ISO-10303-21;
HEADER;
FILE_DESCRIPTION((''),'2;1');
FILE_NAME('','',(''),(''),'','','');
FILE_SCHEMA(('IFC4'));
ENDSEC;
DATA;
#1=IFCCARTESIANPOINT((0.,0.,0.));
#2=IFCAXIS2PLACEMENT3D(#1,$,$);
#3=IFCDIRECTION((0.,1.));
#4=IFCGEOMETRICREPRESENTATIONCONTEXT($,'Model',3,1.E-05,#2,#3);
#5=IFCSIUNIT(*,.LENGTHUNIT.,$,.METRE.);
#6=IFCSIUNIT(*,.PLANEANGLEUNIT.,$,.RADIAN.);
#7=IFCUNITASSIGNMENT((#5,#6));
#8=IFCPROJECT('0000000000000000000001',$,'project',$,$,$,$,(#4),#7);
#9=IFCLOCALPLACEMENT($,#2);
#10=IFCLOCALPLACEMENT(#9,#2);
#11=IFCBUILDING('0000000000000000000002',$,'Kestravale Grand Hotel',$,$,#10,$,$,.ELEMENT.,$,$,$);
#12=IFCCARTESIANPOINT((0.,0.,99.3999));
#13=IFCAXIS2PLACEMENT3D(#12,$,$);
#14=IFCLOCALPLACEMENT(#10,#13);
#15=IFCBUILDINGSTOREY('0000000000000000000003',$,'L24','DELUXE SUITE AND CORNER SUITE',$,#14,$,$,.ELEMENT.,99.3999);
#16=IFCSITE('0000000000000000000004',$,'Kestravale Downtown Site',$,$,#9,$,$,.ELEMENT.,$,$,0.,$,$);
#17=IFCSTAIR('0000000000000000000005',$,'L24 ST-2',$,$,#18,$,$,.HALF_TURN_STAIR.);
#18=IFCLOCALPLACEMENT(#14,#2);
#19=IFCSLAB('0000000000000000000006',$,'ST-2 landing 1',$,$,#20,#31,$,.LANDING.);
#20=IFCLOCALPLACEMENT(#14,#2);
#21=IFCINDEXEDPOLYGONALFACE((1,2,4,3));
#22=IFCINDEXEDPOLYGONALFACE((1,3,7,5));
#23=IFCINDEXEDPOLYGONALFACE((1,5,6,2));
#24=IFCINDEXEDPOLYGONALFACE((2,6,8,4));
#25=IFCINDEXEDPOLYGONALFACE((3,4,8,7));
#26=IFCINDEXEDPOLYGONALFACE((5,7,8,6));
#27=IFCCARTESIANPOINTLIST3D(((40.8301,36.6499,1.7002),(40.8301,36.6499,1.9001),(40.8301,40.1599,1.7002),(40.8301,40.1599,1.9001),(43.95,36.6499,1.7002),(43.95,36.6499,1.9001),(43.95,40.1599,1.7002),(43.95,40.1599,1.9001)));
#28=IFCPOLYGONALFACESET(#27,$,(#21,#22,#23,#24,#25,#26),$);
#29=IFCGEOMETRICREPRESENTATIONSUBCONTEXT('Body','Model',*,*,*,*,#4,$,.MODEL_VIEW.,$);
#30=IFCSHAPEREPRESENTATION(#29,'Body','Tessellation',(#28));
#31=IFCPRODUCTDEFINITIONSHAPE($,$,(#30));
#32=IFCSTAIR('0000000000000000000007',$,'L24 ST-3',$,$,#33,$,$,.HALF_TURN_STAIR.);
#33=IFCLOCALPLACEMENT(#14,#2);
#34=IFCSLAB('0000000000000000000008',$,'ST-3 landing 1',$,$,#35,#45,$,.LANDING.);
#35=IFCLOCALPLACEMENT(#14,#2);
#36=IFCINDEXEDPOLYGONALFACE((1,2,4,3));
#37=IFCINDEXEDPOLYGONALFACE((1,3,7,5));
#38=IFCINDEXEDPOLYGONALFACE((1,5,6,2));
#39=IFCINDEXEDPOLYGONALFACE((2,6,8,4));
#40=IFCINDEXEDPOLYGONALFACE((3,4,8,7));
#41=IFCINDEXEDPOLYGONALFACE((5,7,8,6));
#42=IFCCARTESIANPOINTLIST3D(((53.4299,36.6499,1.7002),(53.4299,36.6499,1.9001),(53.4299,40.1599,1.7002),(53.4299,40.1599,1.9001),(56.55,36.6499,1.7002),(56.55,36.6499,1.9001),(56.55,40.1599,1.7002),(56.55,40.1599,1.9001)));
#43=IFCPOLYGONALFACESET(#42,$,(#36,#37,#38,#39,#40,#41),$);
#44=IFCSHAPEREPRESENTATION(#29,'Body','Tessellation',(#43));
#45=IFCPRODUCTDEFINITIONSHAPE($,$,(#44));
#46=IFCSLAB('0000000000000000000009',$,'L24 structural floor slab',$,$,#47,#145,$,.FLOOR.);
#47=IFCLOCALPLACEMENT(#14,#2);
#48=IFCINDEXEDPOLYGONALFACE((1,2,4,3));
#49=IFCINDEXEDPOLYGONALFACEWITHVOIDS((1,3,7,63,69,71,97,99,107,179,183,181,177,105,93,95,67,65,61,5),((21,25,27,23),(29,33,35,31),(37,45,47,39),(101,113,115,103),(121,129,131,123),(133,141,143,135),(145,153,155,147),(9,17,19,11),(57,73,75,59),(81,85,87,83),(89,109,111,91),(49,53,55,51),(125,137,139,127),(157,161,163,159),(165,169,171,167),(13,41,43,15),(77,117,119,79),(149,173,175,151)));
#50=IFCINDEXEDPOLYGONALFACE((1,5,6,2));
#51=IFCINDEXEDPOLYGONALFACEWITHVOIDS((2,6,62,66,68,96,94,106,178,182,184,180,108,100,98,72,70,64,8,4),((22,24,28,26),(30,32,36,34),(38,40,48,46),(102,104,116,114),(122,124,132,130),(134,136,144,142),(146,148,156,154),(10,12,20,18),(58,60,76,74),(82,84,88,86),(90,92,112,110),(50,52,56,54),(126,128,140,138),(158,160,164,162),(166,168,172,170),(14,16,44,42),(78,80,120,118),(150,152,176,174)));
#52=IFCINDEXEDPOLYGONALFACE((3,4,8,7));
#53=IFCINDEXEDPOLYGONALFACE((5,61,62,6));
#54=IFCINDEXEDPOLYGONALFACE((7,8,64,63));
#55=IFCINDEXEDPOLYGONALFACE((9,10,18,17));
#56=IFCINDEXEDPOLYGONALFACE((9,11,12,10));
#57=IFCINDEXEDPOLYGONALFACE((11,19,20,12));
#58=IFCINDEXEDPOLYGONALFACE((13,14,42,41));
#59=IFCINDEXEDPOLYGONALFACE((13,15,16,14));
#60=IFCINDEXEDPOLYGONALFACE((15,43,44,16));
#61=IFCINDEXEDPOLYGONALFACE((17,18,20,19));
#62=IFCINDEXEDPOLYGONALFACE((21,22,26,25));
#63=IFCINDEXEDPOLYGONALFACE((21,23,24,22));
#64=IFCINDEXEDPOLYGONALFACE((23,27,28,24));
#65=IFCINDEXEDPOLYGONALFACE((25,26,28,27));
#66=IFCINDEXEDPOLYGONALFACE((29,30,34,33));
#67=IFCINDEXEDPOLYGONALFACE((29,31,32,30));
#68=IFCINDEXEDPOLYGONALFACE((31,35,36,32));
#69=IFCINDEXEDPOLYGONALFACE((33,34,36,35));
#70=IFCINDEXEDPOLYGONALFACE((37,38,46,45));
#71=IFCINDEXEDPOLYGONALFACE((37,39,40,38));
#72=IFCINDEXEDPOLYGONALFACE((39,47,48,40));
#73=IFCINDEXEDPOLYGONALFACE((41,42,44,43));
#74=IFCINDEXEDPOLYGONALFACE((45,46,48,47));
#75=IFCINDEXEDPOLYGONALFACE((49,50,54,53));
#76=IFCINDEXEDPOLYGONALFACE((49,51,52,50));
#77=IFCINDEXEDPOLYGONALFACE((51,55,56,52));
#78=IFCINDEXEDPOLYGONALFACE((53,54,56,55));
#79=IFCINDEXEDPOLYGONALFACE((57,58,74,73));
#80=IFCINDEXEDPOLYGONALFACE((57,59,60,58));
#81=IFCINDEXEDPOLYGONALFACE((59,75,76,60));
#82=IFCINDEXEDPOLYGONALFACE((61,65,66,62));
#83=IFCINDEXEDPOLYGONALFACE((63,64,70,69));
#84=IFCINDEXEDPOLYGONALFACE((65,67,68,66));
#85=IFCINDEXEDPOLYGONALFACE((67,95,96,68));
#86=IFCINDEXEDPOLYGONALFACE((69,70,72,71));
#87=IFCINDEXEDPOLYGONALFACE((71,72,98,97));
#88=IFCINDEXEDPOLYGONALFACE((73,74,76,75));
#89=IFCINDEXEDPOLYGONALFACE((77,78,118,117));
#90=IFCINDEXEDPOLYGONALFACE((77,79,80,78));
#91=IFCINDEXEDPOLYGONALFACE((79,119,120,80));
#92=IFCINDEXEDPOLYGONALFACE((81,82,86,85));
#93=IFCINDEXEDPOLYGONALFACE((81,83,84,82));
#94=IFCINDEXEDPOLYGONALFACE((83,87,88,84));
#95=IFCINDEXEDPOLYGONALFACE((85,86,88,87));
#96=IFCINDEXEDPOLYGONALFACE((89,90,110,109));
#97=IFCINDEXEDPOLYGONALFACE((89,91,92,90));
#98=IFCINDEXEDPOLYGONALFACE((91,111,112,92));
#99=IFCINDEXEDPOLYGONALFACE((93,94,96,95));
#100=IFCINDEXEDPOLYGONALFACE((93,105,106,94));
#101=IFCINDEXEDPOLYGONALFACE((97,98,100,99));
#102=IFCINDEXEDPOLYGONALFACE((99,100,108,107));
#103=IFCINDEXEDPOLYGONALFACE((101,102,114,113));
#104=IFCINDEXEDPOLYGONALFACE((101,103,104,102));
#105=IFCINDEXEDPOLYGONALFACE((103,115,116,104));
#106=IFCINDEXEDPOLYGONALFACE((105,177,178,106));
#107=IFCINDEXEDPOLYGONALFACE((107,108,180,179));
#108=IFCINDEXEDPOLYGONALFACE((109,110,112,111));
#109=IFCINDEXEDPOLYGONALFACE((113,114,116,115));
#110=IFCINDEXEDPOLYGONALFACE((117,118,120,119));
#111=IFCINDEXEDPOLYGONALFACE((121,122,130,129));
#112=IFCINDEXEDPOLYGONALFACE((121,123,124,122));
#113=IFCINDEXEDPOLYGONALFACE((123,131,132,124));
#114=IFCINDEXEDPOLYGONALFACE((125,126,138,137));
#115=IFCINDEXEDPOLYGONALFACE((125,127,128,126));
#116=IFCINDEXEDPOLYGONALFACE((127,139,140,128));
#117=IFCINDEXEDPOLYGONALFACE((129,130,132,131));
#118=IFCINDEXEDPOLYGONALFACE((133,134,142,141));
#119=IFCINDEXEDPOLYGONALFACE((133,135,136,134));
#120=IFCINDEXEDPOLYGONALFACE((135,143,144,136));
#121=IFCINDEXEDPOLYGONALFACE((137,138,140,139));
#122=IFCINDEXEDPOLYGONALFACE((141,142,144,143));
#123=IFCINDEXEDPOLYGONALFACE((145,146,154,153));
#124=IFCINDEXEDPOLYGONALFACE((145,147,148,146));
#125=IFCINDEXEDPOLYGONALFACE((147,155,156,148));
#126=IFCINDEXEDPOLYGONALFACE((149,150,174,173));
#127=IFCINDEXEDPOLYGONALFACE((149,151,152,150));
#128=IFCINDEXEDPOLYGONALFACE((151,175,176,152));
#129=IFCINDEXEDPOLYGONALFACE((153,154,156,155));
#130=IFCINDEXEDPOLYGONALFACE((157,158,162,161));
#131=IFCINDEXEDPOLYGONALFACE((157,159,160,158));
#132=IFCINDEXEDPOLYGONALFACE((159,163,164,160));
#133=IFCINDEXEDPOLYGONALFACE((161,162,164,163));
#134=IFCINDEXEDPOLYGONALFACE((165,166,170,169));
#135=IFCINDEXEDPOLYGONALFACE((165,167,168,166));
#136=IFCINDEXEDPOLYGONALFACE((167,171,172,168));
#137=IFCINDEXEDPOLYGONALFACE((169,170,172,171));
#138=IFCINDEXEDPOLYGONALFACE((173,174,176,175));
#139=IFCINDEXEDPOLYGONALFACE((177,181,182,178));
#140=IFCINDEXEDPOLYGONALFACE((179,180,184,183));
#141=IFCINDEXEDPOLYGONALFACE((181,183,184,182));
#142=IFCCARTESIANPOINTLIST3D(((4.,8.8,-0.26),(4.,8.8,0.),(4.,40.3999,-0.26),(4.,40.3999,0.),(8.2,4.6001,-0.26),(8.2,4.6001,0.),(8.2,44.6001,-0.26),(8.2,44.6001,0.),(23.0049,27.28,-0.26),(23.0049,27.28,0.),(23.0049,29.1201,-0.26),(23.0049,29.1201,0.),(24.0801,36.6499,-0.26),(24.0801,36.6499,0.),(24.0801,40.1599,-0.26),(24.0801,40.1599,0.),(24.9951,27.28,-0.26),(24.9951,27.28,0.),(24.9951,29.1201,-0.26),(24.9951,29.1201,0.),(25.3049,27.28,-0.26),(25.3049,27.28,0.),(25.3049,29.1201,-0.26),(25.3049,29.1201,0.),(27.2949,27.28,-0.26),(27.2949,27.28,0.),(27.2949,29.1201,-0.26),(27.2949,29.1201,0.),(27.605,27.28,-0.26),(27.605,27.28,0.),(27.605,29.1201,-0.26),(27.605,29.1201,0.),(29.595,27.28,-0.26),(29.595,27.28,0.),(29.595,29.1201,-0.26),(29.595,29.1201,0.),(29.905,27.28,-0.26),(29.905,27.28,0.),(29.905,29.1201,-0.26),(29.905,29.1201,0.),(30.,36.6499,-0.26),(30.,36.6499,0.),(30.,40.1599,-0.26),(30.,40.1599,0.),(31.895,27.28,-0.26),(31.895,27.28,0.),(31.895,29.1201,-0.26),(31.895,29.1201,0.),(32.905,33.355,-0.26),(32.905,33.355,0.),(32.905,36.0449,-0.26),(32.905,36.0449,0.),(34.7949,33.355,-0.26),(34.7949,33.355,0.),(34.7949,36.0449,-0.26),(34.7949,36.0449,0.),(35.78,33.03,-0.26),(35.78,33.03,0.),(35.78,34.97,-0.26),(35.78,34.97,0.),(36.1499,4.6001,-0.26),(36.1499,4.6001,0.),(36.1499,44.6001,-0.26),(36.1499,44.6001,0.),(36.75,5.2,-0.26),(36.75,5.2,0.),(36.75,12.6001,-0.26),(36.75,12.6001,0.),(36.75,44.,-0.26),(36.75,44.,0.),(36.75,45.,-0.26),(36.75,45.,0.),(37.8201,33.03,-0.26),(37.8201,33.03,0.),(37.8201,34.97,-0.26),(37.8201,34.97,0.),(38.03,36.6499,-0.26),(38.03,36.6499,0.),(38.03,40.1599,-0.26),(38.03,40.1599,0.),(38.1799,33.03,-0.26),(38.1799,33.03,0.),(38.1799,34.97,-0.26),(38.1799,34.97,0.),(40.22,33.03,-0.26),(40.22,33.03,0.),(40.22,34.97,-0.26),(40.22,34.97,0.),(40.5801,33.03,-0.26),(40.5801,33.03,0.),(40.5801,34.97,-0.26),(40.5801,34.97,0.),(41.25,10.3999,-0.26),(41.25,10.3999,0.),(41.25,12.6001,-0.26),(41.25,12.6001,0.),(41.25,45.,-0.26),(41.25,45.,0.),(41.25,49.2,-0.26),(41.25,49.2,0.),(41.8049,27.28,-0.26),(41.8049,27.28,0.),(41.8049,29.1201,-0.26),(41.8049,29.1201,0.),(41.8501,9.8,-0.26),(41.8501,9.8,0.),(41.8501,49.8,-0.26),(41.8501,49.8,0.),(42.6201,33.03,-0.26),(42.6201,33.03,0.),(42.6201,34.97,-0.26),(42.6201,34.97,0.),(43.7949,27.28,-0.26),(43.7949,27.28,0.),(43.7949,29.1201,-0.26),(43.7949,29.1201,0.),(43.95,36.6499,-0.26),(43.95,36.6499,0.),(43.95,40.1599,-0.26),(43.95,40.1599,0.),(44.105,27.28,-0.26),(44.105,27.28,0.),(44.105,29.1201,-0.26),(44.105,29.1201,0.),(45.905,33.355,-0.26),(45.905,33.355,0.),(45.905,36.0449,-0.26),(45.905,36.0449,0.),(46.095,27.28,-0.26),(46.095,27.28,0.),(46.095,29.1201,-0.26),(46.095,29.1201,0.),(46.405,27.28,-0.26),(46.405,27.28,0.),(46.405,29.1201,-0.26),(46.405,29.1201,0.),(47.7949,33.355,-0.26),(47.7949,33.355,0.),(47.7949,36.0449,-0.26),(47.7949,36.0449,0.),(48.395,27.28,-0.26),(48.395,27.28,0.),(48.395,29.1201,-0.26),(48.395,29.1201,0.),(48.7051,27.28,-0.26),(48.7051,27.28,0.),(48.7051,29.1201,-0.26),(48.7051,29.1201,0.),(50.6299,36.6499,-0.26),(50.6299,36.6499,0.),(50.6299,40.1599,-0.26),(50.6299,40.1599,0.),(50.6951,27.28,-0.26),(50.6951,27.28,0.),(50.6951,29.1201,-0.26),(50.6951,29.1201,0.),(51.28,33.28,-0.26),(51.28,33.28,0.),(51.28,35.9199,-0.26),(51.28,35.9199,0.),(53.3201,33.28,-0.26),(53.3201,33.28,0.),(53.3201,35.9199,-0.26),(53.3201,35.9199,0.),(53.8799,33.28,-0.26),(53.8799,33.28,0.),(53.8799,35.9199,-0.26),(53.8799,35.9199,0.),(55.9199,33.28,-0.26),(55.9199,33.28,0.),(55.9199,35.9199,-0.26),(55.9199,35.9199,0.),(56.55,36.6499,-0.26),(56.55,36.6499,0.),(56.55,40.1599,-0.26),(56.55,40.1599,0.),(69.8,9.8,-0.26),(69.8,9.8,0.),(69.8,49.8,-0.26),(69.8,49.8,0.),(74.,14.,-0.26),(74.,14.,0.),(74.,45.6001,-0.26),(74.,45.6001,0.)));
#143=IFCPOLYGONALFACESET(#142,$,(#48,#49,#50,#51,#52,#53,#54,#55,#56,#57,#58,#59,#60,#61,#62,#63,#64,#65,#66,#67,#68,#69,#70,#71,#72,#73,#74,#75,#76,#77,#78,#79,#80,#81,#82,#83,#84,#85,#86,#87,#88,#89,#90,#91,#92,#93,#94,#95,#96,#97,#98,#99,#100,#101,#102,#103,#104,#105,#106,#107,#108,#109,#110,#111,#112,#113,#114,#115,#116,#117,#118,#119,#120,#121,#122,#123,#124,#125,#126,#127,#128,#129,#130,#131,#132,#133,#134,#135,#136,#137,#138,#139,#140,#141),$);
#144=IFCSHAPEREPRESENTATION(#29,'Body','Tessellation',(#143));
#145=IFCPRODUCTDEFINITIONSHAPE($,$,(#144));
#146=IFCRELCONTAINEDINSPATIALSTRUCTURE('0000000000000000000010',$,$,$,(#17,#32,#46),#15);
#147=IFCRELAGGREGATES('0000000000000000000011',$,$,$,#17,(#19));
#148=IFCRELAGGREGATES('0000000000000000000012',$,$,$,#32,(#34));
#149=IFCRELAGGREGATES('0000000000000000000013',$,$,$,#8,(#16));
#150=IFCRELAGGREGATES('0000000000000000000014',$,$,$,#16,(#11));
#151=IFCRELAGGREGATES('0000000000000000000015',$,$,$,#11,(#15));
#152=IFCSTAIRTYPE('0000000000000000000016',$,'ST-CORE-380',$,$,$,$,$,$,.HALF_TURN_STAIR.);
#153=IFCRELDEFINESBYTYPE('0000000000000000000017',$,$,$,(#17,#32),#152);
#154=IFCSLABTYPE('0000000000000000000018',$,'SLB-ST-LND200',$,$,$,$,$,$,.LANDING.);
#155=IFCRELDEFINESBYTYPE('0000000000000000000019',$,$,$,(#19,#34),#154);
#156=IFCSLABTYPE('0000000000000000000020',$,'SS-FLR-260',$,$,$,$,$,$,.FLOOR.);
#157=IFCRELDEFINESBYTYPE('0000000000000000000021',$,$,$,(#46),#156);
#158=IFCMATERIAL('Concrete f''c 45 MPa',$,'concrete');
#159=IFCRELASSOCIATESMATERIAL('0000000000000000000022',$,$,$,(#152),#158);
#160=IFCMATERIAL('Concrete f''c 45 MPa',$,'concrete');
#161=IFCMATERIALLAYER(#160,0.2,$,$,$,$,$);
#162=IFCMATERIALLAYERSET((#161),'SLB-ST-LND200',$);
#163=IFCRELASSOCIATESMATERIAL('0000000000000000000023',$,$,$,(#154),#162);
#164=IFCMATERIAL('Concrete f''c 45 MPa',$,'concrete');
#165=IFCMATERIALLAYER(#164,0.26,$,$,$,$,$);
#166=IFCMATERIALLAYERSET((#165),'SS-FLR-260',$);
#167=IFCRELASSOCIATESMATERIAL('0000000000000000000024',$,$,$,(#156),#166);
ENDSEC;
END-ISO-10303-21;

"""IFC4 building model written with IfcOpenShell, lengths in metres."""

from ifc_helpers import new_model, si_unit, direction, frame, origin, place, context, subcontext, project, spatial, polyline, outline, extrude, material, layer, layer_set, type_object, element, aggregate, save


model = new_model("IFC4")

# Units and contexts
model_context = context("Model", 3, precision=1e-05, world=origin(), true_north=direction((0.0, 1.0)))
body_context = subcontext(model_context, "Body", "Model", "MODEL_VIEW")
ifc_project = project(units=[si_unit("LENGTHUNIT", "METRE"), si_unit("PLANEANGLEUNIT", "RADIAN")], contexts=[model_context])

# Site, building, storey
site_placement = place(None, origin())
site = spatial("IfcSite", under=ifc_project, at=site_placement, Name="Kestravale Downtown Site", CompositionType="ELEMENT", RefElevation=0.0)
building_placement = place(site_placement, origin())
building = spatial("IfcBuilding", under=site, at=building_placement, Name="Kestravale Grand Hotel", CompositionType="ELEMENT")
storey_placement = place(building_placement, frame((0.0, 0.0, 99.3999)))
storey = spatial("IfcBuildingStorey", under=building, at=storey_placement, Name="L24", Description="DELUXE SUITE AND CORNER SUITE", CompositionType="ELEMENT", Elevation=99.3999)

# Stairs, slabs
ifc_material_1 = material(Name="Concrete f'c 45 MPa", Category="concrete")
stair_type = type_object("IfcStairType", Name="ST-CORE-380", PredefinedType="HALF_TURN_STAIR", material=ifc_material_1)
ifc_material_2 = material(Name="Concrete f'c 45 MPa", Category="concrete")
ifc_layer_1 = layer(ifc_material_2, 0.2)
ifc_layer_set_1 = layer_set([ifc_layer_1], Name="SLB-ST-LND200")
slab_type_1 = type_object("IfcSlabType", Name="SLB-ST-LND200", PredefinedType="LANDING", material=ifc_layer_set_1)
stair_1_placement = place(storey_placement, origin())
stair_1 = element("IfcStair", 1, at=stair_1_placement, inside=storey, type_object=stair_type, Name="L24 ST-2", PredefinedType="HALF_TURN_STAIR")
slab_1_placement = place(storey_placement, frame((0.0, 0.0, 1.7002)))
slab_1 = element("IfcSlab", 2, at=slab_1_placement, type_object=slab_type_1, Name="ST-2 landing 1", PredefinedType="LANDING", context=body_context, shape_type="SweptSolid", body=[
    extrude(outline(polyline([(40.8301, 36.6499), (43.95, 36.6499), (43.95, 40.1599), (40.8301, 40.1599), (40.8301, 36.6499)])), origin(), (0.0, 0.0, 1.0), 0.2),
])
aggregate(stair_1, [slab_1])
stair_2_placement = place(storey_placement, origin())
stair_2 = element("IfcStair", 3, at=stair_2_placement, inside=storey, type_object=stair_type, Name="L24 ST-3", PredefinedType="HALF_TURN_STAIR")
slab_2_placement = place(storey_placement, frame((0.0, 0.0, 1.7002)))
slab_2 = element("IfcSlab", 4, at=slab_2_placement, type_object=slab_type_1, Name="ST-3 landing 1", PredefinedType="LANDING", context=body_context, shape_type="SweptSolid", body=[
    extrude(outline(polyline([(53.4299, 36.6499), (56.55, 36.6499), (56.55, 40.1599), (53.4299, 40.1599), (53.4299, 36.6499)])), origin(), (0.0, 0.0, 1.0), 0.2),
])
aggregate(stair_2, [slab_2])

# Slab
ifc_material_3 = material(Name="Concrete f'c 45 MPa", Category="concrete")
ifc_layer_2 = layer(ifc_material_3, 0.26)
ifc_layer_set_2 = layer_set([ifc_layer_2], Name="SS-FLR-260")
slab_type_2 = type_object("IfcSlabType", Name="SS-FLR-260", PredefinedType="FLOOR", material=ifc_layer_set_2)
slab_3_placement = place(storey_placement, frame((0.0, 0.0, -0.26)))
element("IfcSlab", 5, at=slab_3_placement, inside=storey, type_object=slab_type_2, Name="L24 structural floor slab", PredefinedType="FLOOR", context=body_context, shape_type="SweptSolid", body=[
    extrude(outline(polyline([(8.2, 4.6001), (36.1499, 4.6001), (36.75, 5.2), (36.75, 12.6001), (41.25, 12.6001), (41.25, 10.3999), (41.8501, 9.8), (69.8, 9.8), (74.0, 14.0), (74.0, 45.6001), (69.8, 49.8), (41.8501, 49.8), (41.25, 49.2), (41.25, 45.0), (36.75, 45.0), (36.75, 44.0), (36.1499, 44.6001), (8.2, 44.6001), (4.0, 40.3999), (4.0, 8.8), (8.2, 4.6001)]), holes=[polyline([(24.0801, 36.6499), (30.0, 36.6499), (30.0, 40.1599), (24.0801, 40.1599), (24.0801, 36.6499)]), polyline([(38.03, 36.6499), (43.95, 36.6499), (43.95, 40.1599), (38.03, 40.1599), (38.03, 36.6499)]), polyline([(50.6299, 36.6499), (56.55, 36.6499), (56.55, 40.1599), (50.6299, 40.1599), (50.6299, 36.6499)]), polyline([(23.0049, 27.28), (24.9951, 27.28), (24.9951, 29.1201), (23.0049, 29.1201), (23.0049, 27.28)]), polyline([(25.3049, 27.28), (27.2949, 27.28), (27.2949, 29.1201), (25.3049, 29.1201), (25.3049, 27.28)]), polyline([(27.605, 27.28), (29.595, 27.28), (29.595, 29.1201), (27.605, 29.1201), (27.605, 27.28)]), polyline([(29.905, 27.28), (31.895, 27.28), (31.895, 29.1201), (29.905, 29.1201), (29.905, 27.28)]), polyline([(41.8049, 27.28), (43.7949, 27.28), (43.7949, 29.1201), (41.8049, 29.1201), (41.8049, 27.28)]), polyline([(44.105, 27.28), (46.095, 27.28), (46.095, 29.1201), (44.105, 29.1201), (44.105, 27.28)]), polyline([(46.405, 27.28), (48.395, 27.28), (48.395, 29.1201), (46.405, 29.1201), (46.405, 27.28)]), polyline([(48.7051, 27.28), (50.6951, 27.28), (50.6951, 29.1201), (48.7051, 29.1201), (48.7051, 27.28)]), polyline([(35.78, 33.03), (37.8201, 33.03), (37.8201, 34.97), (35.78, 34.97), (35.78, 33.03)]), polyline([(38.1799, 33.03), (40.22, 33.03), (40.22, 34.97), (38.1799, 34.97), (38.1799, 33.03)]), polyline([(40.5801, 33.03), (42.6201, 33.03), (42.6201, 34.97), (40.5801, 34.97), (40.5801, 33.03)]), polyline([(32.905, 33.355), (34.7949, 33.355), (34.7949, 36.0449), (32.905, 36.0449), (32.905, 33.355)]), polyline([(45.905, 33.355), (47.7949, 33.355), (47.7949, 36.0449), (45.905, 36.0449), (45.905, 33.355)]), polyline([(51.28, 33.28), (53.3201, 33.28), (53.3201, 35.9199), (51.28, 35.9199), (51.28, 33.28)]), polyline([(53.8799, 33.28), (55.9199, 33.28), (55.9199, 35.9199), (53.8799, 35.9199), (53.8799, 33.28)])]), origin(), (0.0, 0.0, 1.0), 0.26),
])

save(model, "model.ifc")
